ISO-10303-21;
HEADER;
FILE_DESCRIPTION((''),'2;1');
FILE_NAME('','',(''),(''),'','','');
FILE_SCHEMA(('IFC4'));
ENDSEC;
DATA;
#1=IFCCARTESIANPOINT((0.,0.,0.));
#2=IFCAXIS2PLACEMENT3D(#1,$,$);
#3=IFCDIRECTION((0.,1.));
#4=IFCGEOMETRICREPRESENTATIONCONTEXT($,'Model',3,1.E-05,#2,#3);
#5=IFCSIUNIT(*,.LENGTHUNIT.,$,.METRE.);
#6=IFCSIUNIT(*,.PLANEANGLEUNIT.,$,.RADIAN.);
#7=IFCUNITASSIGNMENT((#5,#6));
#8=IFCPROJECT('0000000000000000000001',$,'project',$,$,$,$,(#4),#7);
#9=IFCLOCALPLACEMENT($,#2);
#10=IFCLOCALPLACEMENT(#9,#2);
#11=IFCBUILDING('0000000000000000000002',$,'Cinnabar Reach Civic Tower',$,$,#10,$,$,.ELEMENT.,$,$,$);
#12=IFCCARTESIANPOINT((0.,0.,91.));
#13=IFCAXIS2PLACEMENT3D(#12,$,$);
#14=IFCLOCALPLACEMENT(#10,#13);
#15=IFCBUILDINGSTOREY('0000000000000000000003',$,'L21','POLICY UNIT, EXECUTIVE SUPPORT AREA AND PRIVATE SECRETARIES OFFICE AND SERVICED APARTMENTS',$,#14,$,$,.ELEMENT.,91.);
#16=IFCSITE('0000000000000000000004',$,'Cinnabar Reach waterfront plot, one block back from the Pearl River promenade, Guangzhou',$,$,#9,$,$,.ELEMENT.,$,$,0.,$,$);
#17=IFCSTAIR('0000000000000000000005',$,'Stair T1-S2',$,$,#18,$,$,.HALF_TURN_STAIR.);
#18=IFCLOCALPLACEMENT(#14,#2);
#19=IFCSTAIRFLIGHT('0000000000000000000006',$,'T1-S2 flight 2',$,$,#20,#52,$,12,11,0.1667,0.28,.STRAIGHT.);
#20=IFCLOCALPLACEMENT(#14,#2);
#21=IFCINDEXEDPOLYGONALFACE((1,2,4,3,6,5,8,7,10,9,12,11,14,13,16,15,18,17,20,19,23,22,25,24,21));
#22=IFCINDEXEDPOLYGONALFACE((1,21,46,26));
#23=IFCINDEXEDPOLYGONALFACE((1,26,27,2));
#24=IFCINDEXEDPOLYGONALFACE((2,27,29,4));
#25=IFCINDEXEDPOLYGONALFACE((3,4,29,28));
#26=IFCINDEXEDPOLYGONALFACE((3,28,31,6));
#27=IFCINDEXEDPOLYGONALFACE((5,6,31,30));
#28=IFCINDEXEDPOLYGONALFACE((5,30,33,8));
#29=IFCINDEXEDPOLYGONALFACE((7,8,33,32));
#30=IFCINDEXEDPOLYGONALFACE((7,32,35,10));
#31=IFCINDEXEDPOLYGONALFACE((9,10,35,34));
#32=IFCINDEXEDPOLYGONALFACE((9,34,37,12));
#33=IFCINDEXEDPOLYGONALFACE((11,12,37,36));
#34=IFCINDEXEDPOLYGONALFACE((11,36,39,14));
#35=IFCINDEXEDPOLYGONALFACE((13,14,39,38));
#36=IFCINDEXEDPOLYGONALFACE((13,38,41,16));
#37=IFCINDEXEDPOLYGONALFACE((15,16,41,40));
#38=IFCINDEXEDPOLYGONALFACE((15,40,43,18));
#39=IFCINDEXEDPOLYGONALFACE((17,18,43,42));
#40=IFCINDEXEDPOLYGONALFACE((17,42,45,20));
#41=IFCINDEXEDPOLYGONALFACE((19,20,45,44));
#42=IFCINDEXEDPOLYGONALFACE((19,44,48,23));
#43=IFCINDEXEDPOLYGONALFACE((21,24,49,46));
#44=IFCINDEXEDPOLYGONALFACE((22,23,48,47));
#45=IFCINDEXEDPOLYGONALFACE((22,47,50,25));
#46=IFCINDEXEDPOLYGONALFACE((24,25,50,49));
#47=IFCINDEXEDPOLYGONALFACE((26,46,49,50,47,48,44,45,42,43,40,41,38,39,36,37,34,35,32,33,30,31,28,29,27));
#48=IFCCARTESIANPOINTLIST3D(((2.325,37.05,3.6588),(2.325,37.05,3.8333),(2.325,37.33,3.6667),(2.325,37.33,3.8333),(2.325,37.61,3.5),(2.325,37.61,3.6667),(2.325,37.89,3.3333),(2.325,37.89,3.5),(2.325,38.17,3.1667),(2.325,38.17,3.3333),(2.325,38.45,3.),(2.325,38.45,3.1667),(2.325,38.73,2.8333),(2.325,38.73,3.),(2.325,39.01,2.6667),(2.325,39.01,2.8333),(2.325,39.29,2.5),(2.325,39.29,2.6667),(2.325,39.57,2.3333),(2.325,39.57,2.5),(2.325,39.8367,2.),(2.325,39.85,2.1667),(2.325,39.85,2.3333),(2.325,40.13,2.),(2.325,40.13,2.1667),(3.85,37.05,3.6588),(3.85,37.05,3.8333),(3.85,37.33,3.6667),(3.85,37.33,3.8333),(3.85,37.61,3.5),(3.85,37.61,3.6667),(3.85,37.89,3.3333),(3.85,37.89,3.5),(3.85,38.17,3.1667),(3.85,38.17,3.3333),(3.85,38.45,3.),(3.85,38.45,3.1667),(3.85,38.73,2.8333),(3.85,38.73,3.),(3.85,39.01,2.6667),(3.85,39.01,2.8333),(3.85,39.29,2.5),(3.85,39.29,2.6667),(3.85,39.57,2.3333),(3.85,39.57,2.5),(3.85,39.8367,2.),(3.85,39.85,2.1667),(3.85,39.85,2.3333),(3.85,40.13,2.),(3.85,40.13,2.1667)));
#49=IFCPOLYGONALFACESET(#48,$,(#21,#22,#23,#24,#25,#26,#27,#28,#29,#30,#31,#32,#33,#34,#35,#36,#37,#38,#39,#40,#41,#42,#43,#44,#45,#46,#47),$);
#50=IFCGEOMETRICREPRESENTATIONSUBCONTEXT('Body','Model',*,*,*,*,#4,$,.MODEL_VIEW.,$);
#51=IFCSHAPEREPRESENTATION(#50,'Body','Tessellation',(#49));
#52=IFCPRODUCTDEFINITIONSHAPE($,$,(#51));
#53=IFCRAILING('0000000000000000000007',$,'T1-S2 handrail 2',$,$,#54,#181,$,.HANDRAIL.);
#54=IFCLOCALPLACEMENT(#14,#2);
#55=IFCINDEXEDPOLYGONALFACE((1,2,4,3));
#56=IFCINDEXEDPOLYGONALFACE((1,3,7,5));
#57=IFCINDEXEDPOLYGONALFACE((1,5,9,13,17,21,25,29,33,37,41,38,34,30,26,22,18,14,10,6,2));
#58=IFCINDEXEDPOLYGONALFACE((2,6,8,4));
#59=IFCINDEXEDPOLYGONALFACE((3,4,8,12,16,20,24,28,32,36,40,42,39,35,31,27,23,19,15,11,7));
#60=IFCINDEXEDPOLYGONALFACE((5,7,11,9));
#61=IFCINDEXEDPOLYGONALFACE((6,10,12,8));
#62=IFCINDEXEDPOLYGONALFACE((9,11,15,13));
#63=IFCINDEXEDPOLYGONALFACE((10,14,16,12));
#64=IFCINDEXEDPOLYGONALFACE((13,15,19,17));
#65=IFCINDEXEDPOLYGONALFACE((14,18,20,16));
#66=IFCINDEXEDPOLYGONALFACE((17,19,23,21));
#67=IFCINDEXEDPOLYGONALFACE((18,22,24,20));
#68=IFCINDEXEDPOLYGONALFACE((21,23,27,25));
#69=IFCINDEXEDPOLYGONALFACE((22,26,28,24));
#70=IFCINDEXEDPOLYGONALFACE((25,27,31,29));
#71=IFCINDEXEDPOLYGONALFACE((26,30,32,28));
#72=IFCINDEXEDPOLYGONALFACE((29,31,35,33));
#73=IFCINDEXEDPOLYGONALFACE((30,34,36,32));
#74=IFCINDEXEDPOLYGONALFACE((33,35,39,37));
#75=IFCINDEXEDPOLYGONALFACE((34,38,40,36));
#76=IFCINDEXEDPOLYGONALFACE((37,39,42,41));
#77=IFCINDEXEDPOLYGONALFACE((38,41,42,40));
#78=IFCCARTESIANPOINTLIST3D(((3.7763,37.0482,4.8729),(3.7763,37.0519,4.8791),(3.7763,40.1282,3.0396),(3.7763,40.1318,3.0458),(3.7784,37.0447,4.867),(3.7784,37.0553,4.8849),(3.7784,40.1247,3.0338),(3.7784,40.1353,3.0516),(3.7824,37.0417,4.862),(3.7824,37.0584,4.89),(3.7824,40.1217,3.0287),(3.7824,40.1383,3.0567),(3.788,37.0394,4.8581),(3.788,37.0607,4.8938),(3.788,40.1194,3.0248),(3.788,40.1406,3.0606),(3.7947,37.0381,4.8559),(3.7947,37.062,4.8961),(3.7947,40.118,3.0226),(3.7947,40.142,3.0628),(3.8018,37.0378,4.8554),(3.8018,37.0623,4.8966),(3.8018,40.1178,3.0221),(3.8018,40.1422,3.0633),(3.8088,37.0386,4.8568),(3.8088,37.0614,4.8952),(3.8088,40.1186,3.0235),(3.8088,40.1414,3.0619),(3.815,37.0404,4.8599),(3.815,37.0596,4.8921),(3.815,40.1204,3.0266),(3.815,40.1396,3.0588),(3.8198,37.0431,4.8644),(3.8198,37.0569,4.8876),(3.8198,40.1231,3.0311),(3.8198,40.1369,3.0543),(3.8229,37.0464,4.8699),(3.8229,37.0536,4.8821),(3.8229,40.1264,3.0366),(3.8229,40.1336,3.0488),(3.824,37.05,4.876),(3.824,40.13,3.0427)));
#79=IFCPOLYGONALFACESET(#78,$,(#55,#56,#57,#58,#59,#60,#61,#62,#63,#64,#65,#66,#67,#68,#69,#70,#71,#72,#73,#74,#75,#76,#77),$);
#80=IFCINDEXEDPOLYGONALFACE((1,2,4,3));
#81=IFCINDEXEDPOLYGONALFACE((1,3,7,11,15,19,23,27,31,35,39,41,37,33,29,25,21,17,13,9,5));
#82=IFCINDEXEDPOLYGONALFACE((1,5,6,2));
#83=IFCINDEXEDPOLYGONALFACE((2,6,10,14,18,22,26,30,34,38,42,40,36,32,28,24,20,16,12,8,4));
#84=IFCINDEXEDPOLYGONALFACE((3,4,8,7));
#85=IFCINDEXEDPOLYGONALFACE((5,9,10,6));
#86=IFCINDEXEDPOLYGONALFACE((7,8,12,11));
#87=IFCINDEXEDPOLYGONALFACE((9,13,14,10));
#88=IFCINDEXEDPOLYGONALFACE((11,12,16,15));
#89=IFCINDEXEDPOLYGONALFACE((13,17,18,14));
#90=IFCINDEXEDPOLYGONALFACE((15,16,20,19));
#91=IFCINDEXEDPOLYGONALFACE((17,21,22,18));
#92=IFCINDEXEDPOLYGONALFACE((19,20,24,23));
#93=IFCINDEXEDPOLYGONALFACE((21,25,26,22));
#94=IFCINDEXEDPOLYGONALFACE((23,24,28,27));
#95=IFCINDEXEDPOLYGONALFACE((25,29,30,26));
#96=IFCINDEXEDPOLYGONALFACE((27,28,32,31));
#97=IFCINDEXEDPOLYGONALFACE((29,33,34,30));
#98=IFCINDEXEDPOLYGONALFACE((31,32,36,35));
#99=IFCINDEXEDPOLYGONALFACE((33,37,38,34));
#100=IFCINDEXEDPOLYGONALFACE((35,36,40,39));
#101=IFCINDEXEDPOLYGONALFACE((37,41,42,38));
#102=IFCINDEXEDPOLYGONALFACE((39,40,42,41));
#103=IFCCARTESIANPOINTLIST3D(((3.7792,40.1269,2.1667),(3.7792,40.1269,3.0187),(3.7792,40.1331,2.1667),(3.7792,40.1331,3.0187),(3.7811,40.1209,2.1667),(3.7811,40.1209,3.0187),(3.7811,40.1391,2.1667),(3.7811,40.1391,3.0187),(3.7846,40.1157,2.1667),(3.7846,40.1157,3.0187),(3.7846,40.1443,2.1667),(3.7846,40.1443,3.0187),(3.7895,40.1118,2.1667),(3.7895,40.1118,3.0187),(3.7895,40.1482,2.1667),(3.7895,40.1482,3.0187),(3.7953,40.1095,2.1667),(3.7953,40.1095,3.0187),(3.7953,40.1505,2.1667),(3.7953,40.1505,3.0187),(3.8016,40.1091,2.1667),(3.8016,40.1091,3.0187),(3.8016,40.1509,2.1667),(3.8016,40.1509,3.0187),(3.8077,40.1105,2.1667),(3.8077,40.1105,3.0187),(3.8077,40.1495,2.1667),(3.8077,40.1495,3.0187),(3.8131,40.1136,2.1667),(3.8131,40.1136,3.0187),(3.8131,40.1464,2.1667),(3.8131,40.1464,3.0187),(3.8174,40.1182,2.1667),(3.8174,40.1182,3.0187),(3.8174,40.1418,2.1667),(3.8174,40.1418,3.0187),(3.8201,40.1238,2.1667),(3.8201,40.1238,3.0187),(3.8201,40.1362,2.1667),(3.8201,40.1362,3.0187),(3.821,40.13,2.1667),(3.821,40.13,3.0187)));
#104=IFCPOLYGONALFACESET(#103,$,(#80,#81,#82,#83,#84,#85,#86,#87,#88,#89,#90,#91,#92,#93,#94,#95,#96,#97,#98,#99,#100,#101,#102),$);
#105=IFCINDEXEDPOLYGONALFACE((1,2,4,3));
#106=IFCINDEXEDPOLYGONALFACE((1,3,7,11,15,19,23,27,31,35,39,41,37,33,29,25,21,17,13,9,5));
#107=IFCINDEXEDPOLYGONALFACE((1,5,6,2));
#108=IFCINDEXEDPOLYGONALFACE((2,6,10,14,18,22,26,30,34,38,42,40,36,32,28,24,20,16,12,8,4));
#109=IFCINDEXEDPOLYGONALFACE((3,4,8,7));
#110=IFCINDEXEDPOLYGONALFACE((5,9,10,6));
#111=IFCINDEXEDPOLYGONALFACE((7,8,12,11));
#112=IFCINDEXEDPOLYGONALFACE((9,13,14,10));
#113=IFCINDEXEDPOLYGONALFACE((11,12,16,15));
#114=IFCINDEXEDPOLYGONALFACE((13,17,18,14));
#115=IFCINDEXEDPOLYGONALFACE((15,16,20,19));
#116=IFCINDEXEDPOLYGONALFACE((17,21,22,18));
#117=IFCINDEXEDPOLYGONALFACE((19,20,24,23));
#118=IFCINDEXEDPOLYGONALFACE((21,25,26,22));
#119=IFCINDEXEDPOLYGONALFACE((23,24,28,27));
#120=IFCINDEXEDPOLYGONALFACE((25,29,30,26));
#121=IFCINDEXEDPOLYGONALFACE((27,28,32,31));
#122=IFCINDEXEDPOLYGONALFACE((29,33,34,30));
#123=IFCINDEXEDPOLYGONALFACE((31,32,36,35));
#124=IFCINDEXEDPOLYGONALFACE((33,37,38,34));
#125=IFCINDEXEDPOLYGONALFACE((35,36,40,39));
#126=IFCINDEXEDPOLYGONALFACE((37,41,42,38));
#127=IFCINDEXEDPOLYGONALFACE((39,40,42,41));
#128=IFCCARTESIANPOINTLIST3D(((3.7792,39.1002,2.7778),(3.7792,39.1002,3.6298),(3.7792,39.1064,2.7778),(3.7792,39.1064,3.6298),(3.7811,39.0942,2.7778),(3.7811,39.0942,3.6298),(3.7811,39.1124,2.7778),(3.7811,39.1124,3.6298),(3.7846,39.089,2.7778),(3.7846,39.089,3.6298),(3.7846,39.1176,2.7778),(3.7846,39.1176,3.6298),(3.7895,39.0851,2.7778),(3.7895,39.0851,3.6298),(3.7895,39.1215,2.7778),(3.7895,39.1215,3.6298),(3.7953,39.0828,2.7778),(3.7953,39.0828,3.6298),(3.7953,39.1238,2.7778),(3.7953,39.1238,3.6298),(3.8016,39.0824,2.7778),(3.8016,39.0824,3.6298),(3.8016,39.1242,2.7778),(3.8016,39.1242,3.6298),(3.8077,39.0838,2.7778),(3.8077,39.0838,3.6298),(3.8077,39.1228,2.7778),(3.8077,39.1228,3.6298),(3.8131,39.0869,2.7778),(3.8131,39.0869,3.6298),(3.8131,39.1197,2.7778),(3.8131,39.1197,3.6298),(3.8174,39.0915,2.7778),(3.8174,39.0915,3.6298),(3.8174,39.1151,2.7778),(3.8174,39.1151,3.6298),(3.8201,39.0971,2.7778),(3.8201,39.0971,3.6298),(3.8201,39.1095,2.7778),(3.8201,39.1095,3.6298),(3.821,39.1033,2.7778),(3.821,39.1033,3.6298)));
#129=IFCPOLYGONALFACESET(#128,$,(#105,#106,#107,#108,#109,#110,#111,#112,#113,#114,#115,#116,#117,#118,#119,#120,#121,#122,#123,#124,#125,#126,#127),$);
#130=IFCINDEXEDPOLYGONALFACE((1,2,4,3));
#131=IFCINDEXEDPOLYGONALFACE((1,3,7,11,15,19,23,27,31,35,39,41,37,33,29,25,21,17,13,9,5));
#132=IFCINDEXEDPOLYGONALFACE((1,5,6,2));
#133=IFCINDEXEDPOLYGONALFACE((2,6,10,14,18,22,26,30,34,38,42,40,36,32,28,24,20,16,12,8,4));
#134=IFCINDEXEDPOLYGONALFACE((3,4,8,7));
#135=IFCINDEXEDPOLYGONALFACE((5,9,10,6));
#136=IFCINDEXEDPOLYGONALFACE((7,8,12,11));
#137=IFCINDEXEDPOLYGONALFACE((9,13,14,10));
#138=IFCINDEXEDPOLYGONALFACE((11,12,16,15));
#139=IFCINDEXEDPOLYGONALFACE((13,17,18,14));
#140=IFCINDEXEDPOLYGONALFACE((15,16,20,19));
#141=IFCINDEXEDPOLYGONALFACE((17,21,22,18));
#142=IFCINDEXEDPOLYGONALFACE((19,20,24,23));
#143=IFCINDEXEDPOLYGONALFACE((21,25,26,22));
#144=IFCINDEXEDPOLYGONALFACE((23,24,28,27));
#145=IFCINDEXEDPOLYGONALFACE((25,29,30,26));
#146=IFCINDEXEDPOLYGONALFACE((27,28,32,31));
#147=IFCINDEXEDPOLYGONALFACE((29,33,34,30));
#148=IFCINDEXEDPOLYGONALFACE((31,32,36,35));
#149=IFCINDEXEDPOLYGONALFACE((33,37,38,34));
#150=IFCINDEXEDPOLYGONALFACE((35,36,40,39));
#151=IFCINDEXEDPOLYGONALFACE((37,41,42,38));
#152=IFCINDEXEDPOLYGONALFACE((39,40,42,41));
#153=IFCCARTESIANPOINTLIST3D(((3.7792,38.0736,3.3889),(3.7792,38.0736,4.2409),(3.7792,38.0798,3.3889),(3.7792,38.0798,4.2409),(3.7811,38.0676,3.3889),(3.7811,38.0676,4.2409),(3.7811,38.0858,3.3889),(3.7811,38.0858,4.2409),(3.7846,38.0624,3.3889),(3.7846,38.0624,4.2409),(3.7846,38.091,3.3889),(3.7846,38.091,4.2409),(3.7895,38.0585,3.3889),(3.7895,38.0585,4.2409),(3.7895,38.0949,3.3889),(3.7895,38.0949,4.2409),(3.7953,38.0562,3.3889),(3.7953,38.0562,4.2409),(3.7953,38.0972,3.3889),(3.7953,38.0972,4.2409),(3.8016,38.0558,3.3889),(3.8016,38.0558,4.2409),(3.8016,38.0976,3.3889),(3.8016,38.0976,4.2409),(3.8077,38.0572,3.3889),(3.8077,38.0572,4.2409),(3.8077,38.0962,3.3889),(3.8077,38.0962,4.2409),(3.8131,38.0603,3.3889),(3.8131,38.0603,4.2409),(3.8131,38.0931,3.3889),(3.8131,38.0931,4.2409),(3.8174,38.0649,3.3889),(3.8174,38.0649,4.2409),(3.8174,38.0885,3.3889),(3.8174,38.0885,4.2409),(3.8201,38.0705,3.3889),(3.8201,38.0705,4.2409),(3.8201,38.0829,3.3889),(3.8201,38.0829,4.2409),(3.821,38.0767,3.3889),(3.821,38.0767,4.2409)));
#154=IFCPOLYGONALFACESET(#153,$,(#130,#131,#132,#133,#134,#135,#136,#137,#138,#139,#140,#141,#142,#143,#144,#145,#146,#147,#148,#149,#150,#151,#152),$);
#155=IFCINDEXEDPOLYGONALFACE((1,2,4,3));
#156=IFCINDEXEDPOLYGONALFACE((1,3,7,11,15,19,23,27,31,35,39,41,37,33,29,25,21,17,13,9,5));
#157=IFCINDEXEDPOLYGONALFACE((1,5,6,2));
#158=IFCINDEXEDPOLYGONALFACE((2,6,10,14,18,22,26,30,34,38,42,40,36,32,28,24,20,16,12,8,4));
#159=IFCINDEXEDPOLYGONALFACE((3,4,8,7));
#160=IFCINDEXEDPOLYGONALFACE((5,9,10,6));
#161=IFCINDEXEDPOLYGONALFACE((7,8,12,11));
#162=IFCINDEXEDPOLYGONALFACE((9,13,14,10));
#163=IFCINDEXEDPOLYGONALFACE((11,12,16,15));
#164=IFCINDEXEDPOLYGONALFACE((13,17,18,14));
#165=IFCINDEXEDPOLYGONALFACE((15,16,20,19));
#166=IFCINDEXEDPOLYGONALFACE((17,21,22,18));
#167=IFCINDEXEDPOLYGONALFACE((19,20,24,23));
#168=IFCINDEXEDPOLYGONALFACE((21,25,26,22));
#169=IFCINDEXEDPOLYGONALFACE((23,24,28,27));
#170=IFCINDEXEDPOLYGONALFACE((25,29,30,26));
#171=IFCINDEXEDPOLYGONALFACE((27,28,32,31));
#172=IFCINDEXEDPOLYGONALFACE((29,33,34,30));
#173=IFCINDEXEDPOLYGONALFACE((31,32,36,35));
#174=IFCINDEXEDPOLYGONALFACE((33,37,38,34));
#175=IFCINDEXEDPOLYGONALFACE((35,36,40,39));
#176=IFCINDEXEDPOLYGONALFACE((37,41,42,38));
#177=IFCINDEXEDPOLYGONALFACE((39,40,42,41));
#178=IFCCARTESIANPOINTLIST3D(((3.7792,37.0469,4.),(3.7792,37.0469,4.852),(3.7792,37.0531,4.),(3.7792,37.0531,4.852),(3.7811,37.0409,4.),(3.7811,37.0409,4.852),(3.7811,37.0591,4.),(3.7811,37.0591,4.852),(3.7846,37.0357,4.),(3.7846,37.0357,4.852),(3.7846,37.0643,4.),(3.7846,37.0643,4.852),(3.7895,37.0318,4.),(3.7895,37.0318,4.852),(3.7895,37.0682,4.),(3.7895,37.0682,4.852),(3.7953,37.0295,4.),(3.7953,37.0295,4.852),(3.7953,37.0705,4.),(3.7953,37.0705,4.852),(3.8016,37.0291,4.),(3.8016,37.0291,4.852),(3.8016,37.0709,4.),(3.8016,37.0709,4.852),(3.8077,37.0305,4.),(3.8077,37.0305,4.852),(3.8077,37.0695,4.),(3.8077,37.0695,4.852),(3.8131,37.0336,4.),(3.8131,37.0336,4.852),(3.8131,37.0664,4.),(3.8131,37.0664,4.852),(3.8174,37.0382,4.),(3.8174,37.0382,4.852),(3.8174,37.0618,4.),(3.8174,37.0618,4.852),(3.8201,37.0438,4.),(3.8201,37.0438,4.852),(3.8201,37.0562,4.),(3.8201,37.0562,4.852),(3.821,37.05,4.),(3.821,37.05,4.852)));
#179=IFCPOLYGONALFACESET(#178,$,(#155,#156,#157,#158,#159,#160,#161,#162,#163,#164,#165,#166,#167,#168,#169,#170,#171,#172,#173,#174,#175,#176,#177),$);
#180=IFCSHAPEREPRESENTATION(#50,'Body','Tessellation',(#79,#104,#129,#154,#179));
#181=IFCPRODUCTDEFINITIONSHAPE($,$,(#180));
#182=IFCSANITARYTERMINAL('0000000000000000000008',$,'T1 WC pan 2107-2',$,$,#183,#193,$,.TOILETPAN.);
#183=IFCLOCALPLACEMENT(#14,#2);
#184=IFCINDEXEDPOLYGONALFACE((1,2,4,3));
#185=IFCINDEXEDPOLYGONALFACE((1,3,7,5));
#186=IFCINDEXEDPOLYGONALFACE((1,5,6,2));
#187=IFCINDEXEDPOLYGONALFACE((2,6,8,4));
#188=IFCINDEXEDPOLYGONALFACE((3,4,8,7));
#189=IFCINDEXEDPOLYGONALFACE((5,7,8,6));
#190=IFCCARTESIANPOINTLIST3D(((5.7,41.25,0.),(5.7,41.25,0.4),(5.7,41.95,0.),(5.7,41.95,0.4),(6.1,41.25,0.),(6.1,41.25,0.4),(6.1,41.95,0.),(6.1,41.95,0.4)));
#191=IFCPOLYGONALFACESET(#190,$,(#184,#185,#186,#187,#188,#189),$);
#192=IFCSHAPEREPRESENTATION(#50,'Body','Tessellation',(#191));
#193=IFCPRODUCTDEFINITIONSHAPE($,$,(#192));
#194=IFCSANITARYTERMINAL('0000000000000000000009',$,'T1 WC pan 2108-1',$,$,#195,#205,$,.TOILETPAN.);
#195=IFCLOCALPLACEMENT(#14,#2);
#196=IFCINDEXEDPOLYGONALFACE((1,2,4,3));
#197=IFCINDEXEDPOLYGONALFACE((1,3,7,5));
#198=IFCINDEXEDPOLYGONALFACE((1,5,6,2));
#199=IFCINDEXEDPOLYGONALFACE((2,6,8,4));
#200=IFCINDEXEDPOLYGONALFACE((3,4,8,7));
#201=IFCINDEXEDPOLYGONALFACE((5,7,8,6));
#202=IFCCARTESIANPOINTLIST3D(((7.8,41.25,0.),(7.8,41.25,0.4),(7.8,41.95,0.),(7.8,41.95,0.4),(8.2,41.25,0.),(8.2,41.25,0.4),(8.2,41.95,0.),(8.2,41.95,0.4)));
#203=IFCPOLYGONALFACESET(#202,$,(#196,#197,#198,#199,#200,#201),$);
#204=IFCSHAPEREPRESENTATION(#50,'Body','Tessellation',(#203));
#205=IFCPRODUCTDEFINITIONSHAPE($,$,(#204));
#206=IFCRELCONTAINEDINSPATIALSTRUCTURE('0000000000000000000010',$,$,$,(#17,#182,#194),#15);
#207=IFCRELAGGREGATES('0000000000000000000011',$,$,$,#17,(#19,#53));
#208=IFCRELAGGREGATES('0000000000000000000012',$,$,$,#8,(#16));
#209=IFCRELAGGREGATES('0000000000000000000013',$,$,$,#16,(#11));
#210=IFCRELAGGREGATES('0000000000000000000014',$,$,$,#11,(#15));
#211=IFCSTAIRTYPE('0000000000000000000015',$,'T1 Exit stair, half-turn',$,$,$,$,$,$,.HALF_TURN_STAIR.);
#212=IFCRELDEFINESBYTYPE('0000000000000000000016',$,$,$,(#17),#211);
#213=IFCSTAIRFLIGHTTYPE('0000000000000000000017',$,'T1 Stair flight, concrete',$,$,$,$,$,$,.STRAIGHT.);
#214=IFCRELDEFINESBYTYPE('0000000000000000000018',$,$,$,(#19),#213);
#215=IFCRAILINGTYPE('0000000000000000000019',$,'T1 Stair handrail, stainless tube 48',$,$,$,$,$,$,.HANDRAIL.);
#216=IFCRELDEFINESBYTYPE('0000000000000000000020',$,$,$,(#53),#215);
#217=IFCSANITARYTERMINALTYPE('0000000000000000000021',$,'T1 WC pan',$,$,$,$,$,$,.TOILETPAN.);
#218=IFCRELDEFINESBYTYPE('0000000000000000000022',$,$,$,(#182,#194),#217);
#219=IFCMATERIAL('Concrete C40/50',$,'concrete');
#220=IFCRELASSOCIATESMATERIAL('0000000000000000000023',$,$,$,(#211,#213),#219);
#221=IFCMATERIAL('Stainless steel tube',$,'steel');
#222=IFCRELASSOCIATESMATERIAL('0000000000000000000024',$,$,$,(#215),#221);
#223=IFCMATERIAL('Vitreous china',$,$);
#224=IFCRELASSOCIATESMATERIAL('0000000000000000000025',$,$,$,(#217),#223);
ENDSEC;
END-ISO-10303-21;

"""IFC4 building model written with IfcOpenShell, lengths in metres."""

from ifc_helpers import new_model, si_unit, direction, frame, origin, origin_2d, place, context, subcontext, project, spatial, polyline, rectangle, circle, outline, extrude, material, type_object, element, aggregate, save


model = new_model("IFC4")

# Units and contexts
model_context = context("Model", 3, precision=1e-05, world=origin(), true_north=direction((0.0, 1.0)))
body_context = subcontext(model_context, "Body", "Model", "MODEL_VIEW")
ifc_project = project(units=[si_unit("LENGTHUNIT", "METRE"), si_unit("PLANEANGLEUNIT", "RADIAN")], contexts=[model_context])

# Site, building, storey
site_placement = place(None, origin())
site = spatial("IfcSite", under=ifc_project, at=site_placement, Name="Cinnabar Reach waterfront plot, one block back from the Pearl River promenade, Guangzhou", CompositionType="ELEMENT", RefElevation=0.0)
building_placement = place(site_placement, origin())
building = spatial("IfcBuilding", under=site, at=building_placement, Name="Cinnabar Reach Civic Tower", CompositionType="ELEMENT")
storey_placement = place(building_placement, frame((0.0, 0.0, 91.0)))
storey = spatial("IfcBuildingStorey", under=building, at=storey_placement, Name="L21", Description="POLICY UNIT, EXECUTIVE SUPPORT AREA AND PRIVATE SECRETARIES OFFICE AND SERVICED APARTMENTS", CompositionType="ELEMENT", Elevation=91.0)

# Stair, stair flight, railing
ifc_material_1 = material(Name="Concrete C40/50", Category="concrete")
stair_type = type_object("IfcStairType", Name="T1 Exit stair, half-turn", PredefinedType="HALF_TURN_STAIR", material=ifc_material_1)
stair_placement = place(storey_placement, origin())
stair = element("IfcStair", 1, at=stair_placement, inside=storey, type_object=stair_type, Name="Stair T1-S2", PredefinedType="HALF_TURN_STAIR")
stair_flight_type = type_object("IfcStairFlightType", Name="T1 Stair flight, concrete", PredefinedType="STRAIGHT", material=ifc_material_1)
stair_flight_placement = place(storey_placement, frame((3.0875, 40.13, 2.0), z_axis=(0.0, 0.0, 1.0), x_axis=(0.0, -1.0, 0.0)))
stair_flight = element("IfcStairFlight", 2, at=stair_flight_placement, type_object=stair_flight_type, Name="T1-S2 flight 2", NumberOfRisers=12, NumberOfTreads=11, PredefinedType="STRAIGHT", RiserHeight=0.1667, TreadLength=0.28, context=body_context, shape_type="SweptSolid", body=[
    extrude(outline(polyline([(0.0, 0.0), (0.0, 0.1667), (0.28, 0.1667), (0.28, 0.3333), (0.56, 0.3333), (0.56, 0.5), (0.84, 0.5), (0.84, 0.6667), (1.12, 0.6667), (1.12, 0.8333), (1.4, 0.8333), (1.4, 1.0), (1.68, 1.0), (1.68, 1.1667), (1.96, 1.1667), (1.96, 1.3333), (2.24, 1.3333), (2.24, 1.5), (2.52, 1.5), (2.52, 1.6667), (2.8, 1.6667), (2.8, 1.8333), (3.08, 1.8333), (3.08, 2.0), (3.08, 1.6588), (0.2933, 0.0), (0.0, 0.0)])), frame((0.0, 0.7625, 0.0), z_axis=(0.0, -1.0, 0.0), x_axis=(1.0, 0.0, 0.0)), (0.0, 0.0, 1.0), 1.525),
])
ifc_material_2 = material(Name="Stainless steel tube", Category="steel")
railing_type = type_object("IfcRailingType", Name="T1 Stair handrail, stainless tube 48", PredefinedType="HANDRAIL", material=ifc_material_2)
railing_placement = place(storey_placement, frame((3.8, 40.13, 2.1667)))
railing = element("IfcRailing", 3, at=railing_placement, type_object=railing_type, Name="T1-S2 handrail 2", PredefinedType="HANDRAIL", context=body_context, shape_type="SweptSolid", body=[
    extrude(circle(Radius=0.024, at=origin_2d()), frame((0.0, 0.0, 0.876), z_axis=(0.0, -0.859297, 0.511477), x_axis=(1.0, 0.0, 0.0)), (0.0, 0.0, 1.0), 3.5843),
    extrude(circle(Radius=0.021, at=origin_2d()), origin(), (0.0, 0.0, 1.0), 0.852),
    extrude(circle(Radius=0.021, at=origin_2d()), frame((0.0, -1.0267, 0.6111)), (0.0, 0.0, 1.0), 0.852),
    extrude(circle(Radius=0.021, at=origin_2d()), frame((0.0, -2.0533, 1.2222)), (0.0, 0.0, 1.0), 0.852),
    extrude(circle(Radius=0.021, at=origin_2d()), frame((0.0, -3.08, 1.8333)), (0.0, 0.0, 1.0), 0.852),
])
aggregate(stair, [stair_flight, railing])

# Sanitary terminals
ifc_material_3 = material(Name="Vitreous china")
sanitary_terminal_type_1 = type_object("IfcSanitaryTerminalType", Name="T1 WC pan", PredefinedType="TOILETPAN", material=ifc_material_3)
for number, where, z_axis, x_axis, name in (
    (4, (5.9, 41.6, 0.0), (0.0, 0.0, 1.0), (1.0, 0.0, 0.0), "T1 WC pan 2107-2"),
    (5, (8.0, 41.6, 0.0), (0.0, 0.0, 1.0), (1.0, 0.0, 0.0), "T1 WC pan 2108-1"),
):
    element("IfcSanitaryTerminal", number, at=place(storey_placement, frame(where, z_axis=z_axis, x_axis=x_axis)), inside=storey, type_object=sanitary_terminal_type_1, Name=name, PredefinedType="TOILETPAN", context=body_context, shape_type="SweptSolid", body=[
        extrude(rectangle(XDim=0.4, YDim=0.7, at=origin_2d()), origin(), (0.0, 0.0, 1.0), 0.4),
    ])

save(model, "model.ifc")
